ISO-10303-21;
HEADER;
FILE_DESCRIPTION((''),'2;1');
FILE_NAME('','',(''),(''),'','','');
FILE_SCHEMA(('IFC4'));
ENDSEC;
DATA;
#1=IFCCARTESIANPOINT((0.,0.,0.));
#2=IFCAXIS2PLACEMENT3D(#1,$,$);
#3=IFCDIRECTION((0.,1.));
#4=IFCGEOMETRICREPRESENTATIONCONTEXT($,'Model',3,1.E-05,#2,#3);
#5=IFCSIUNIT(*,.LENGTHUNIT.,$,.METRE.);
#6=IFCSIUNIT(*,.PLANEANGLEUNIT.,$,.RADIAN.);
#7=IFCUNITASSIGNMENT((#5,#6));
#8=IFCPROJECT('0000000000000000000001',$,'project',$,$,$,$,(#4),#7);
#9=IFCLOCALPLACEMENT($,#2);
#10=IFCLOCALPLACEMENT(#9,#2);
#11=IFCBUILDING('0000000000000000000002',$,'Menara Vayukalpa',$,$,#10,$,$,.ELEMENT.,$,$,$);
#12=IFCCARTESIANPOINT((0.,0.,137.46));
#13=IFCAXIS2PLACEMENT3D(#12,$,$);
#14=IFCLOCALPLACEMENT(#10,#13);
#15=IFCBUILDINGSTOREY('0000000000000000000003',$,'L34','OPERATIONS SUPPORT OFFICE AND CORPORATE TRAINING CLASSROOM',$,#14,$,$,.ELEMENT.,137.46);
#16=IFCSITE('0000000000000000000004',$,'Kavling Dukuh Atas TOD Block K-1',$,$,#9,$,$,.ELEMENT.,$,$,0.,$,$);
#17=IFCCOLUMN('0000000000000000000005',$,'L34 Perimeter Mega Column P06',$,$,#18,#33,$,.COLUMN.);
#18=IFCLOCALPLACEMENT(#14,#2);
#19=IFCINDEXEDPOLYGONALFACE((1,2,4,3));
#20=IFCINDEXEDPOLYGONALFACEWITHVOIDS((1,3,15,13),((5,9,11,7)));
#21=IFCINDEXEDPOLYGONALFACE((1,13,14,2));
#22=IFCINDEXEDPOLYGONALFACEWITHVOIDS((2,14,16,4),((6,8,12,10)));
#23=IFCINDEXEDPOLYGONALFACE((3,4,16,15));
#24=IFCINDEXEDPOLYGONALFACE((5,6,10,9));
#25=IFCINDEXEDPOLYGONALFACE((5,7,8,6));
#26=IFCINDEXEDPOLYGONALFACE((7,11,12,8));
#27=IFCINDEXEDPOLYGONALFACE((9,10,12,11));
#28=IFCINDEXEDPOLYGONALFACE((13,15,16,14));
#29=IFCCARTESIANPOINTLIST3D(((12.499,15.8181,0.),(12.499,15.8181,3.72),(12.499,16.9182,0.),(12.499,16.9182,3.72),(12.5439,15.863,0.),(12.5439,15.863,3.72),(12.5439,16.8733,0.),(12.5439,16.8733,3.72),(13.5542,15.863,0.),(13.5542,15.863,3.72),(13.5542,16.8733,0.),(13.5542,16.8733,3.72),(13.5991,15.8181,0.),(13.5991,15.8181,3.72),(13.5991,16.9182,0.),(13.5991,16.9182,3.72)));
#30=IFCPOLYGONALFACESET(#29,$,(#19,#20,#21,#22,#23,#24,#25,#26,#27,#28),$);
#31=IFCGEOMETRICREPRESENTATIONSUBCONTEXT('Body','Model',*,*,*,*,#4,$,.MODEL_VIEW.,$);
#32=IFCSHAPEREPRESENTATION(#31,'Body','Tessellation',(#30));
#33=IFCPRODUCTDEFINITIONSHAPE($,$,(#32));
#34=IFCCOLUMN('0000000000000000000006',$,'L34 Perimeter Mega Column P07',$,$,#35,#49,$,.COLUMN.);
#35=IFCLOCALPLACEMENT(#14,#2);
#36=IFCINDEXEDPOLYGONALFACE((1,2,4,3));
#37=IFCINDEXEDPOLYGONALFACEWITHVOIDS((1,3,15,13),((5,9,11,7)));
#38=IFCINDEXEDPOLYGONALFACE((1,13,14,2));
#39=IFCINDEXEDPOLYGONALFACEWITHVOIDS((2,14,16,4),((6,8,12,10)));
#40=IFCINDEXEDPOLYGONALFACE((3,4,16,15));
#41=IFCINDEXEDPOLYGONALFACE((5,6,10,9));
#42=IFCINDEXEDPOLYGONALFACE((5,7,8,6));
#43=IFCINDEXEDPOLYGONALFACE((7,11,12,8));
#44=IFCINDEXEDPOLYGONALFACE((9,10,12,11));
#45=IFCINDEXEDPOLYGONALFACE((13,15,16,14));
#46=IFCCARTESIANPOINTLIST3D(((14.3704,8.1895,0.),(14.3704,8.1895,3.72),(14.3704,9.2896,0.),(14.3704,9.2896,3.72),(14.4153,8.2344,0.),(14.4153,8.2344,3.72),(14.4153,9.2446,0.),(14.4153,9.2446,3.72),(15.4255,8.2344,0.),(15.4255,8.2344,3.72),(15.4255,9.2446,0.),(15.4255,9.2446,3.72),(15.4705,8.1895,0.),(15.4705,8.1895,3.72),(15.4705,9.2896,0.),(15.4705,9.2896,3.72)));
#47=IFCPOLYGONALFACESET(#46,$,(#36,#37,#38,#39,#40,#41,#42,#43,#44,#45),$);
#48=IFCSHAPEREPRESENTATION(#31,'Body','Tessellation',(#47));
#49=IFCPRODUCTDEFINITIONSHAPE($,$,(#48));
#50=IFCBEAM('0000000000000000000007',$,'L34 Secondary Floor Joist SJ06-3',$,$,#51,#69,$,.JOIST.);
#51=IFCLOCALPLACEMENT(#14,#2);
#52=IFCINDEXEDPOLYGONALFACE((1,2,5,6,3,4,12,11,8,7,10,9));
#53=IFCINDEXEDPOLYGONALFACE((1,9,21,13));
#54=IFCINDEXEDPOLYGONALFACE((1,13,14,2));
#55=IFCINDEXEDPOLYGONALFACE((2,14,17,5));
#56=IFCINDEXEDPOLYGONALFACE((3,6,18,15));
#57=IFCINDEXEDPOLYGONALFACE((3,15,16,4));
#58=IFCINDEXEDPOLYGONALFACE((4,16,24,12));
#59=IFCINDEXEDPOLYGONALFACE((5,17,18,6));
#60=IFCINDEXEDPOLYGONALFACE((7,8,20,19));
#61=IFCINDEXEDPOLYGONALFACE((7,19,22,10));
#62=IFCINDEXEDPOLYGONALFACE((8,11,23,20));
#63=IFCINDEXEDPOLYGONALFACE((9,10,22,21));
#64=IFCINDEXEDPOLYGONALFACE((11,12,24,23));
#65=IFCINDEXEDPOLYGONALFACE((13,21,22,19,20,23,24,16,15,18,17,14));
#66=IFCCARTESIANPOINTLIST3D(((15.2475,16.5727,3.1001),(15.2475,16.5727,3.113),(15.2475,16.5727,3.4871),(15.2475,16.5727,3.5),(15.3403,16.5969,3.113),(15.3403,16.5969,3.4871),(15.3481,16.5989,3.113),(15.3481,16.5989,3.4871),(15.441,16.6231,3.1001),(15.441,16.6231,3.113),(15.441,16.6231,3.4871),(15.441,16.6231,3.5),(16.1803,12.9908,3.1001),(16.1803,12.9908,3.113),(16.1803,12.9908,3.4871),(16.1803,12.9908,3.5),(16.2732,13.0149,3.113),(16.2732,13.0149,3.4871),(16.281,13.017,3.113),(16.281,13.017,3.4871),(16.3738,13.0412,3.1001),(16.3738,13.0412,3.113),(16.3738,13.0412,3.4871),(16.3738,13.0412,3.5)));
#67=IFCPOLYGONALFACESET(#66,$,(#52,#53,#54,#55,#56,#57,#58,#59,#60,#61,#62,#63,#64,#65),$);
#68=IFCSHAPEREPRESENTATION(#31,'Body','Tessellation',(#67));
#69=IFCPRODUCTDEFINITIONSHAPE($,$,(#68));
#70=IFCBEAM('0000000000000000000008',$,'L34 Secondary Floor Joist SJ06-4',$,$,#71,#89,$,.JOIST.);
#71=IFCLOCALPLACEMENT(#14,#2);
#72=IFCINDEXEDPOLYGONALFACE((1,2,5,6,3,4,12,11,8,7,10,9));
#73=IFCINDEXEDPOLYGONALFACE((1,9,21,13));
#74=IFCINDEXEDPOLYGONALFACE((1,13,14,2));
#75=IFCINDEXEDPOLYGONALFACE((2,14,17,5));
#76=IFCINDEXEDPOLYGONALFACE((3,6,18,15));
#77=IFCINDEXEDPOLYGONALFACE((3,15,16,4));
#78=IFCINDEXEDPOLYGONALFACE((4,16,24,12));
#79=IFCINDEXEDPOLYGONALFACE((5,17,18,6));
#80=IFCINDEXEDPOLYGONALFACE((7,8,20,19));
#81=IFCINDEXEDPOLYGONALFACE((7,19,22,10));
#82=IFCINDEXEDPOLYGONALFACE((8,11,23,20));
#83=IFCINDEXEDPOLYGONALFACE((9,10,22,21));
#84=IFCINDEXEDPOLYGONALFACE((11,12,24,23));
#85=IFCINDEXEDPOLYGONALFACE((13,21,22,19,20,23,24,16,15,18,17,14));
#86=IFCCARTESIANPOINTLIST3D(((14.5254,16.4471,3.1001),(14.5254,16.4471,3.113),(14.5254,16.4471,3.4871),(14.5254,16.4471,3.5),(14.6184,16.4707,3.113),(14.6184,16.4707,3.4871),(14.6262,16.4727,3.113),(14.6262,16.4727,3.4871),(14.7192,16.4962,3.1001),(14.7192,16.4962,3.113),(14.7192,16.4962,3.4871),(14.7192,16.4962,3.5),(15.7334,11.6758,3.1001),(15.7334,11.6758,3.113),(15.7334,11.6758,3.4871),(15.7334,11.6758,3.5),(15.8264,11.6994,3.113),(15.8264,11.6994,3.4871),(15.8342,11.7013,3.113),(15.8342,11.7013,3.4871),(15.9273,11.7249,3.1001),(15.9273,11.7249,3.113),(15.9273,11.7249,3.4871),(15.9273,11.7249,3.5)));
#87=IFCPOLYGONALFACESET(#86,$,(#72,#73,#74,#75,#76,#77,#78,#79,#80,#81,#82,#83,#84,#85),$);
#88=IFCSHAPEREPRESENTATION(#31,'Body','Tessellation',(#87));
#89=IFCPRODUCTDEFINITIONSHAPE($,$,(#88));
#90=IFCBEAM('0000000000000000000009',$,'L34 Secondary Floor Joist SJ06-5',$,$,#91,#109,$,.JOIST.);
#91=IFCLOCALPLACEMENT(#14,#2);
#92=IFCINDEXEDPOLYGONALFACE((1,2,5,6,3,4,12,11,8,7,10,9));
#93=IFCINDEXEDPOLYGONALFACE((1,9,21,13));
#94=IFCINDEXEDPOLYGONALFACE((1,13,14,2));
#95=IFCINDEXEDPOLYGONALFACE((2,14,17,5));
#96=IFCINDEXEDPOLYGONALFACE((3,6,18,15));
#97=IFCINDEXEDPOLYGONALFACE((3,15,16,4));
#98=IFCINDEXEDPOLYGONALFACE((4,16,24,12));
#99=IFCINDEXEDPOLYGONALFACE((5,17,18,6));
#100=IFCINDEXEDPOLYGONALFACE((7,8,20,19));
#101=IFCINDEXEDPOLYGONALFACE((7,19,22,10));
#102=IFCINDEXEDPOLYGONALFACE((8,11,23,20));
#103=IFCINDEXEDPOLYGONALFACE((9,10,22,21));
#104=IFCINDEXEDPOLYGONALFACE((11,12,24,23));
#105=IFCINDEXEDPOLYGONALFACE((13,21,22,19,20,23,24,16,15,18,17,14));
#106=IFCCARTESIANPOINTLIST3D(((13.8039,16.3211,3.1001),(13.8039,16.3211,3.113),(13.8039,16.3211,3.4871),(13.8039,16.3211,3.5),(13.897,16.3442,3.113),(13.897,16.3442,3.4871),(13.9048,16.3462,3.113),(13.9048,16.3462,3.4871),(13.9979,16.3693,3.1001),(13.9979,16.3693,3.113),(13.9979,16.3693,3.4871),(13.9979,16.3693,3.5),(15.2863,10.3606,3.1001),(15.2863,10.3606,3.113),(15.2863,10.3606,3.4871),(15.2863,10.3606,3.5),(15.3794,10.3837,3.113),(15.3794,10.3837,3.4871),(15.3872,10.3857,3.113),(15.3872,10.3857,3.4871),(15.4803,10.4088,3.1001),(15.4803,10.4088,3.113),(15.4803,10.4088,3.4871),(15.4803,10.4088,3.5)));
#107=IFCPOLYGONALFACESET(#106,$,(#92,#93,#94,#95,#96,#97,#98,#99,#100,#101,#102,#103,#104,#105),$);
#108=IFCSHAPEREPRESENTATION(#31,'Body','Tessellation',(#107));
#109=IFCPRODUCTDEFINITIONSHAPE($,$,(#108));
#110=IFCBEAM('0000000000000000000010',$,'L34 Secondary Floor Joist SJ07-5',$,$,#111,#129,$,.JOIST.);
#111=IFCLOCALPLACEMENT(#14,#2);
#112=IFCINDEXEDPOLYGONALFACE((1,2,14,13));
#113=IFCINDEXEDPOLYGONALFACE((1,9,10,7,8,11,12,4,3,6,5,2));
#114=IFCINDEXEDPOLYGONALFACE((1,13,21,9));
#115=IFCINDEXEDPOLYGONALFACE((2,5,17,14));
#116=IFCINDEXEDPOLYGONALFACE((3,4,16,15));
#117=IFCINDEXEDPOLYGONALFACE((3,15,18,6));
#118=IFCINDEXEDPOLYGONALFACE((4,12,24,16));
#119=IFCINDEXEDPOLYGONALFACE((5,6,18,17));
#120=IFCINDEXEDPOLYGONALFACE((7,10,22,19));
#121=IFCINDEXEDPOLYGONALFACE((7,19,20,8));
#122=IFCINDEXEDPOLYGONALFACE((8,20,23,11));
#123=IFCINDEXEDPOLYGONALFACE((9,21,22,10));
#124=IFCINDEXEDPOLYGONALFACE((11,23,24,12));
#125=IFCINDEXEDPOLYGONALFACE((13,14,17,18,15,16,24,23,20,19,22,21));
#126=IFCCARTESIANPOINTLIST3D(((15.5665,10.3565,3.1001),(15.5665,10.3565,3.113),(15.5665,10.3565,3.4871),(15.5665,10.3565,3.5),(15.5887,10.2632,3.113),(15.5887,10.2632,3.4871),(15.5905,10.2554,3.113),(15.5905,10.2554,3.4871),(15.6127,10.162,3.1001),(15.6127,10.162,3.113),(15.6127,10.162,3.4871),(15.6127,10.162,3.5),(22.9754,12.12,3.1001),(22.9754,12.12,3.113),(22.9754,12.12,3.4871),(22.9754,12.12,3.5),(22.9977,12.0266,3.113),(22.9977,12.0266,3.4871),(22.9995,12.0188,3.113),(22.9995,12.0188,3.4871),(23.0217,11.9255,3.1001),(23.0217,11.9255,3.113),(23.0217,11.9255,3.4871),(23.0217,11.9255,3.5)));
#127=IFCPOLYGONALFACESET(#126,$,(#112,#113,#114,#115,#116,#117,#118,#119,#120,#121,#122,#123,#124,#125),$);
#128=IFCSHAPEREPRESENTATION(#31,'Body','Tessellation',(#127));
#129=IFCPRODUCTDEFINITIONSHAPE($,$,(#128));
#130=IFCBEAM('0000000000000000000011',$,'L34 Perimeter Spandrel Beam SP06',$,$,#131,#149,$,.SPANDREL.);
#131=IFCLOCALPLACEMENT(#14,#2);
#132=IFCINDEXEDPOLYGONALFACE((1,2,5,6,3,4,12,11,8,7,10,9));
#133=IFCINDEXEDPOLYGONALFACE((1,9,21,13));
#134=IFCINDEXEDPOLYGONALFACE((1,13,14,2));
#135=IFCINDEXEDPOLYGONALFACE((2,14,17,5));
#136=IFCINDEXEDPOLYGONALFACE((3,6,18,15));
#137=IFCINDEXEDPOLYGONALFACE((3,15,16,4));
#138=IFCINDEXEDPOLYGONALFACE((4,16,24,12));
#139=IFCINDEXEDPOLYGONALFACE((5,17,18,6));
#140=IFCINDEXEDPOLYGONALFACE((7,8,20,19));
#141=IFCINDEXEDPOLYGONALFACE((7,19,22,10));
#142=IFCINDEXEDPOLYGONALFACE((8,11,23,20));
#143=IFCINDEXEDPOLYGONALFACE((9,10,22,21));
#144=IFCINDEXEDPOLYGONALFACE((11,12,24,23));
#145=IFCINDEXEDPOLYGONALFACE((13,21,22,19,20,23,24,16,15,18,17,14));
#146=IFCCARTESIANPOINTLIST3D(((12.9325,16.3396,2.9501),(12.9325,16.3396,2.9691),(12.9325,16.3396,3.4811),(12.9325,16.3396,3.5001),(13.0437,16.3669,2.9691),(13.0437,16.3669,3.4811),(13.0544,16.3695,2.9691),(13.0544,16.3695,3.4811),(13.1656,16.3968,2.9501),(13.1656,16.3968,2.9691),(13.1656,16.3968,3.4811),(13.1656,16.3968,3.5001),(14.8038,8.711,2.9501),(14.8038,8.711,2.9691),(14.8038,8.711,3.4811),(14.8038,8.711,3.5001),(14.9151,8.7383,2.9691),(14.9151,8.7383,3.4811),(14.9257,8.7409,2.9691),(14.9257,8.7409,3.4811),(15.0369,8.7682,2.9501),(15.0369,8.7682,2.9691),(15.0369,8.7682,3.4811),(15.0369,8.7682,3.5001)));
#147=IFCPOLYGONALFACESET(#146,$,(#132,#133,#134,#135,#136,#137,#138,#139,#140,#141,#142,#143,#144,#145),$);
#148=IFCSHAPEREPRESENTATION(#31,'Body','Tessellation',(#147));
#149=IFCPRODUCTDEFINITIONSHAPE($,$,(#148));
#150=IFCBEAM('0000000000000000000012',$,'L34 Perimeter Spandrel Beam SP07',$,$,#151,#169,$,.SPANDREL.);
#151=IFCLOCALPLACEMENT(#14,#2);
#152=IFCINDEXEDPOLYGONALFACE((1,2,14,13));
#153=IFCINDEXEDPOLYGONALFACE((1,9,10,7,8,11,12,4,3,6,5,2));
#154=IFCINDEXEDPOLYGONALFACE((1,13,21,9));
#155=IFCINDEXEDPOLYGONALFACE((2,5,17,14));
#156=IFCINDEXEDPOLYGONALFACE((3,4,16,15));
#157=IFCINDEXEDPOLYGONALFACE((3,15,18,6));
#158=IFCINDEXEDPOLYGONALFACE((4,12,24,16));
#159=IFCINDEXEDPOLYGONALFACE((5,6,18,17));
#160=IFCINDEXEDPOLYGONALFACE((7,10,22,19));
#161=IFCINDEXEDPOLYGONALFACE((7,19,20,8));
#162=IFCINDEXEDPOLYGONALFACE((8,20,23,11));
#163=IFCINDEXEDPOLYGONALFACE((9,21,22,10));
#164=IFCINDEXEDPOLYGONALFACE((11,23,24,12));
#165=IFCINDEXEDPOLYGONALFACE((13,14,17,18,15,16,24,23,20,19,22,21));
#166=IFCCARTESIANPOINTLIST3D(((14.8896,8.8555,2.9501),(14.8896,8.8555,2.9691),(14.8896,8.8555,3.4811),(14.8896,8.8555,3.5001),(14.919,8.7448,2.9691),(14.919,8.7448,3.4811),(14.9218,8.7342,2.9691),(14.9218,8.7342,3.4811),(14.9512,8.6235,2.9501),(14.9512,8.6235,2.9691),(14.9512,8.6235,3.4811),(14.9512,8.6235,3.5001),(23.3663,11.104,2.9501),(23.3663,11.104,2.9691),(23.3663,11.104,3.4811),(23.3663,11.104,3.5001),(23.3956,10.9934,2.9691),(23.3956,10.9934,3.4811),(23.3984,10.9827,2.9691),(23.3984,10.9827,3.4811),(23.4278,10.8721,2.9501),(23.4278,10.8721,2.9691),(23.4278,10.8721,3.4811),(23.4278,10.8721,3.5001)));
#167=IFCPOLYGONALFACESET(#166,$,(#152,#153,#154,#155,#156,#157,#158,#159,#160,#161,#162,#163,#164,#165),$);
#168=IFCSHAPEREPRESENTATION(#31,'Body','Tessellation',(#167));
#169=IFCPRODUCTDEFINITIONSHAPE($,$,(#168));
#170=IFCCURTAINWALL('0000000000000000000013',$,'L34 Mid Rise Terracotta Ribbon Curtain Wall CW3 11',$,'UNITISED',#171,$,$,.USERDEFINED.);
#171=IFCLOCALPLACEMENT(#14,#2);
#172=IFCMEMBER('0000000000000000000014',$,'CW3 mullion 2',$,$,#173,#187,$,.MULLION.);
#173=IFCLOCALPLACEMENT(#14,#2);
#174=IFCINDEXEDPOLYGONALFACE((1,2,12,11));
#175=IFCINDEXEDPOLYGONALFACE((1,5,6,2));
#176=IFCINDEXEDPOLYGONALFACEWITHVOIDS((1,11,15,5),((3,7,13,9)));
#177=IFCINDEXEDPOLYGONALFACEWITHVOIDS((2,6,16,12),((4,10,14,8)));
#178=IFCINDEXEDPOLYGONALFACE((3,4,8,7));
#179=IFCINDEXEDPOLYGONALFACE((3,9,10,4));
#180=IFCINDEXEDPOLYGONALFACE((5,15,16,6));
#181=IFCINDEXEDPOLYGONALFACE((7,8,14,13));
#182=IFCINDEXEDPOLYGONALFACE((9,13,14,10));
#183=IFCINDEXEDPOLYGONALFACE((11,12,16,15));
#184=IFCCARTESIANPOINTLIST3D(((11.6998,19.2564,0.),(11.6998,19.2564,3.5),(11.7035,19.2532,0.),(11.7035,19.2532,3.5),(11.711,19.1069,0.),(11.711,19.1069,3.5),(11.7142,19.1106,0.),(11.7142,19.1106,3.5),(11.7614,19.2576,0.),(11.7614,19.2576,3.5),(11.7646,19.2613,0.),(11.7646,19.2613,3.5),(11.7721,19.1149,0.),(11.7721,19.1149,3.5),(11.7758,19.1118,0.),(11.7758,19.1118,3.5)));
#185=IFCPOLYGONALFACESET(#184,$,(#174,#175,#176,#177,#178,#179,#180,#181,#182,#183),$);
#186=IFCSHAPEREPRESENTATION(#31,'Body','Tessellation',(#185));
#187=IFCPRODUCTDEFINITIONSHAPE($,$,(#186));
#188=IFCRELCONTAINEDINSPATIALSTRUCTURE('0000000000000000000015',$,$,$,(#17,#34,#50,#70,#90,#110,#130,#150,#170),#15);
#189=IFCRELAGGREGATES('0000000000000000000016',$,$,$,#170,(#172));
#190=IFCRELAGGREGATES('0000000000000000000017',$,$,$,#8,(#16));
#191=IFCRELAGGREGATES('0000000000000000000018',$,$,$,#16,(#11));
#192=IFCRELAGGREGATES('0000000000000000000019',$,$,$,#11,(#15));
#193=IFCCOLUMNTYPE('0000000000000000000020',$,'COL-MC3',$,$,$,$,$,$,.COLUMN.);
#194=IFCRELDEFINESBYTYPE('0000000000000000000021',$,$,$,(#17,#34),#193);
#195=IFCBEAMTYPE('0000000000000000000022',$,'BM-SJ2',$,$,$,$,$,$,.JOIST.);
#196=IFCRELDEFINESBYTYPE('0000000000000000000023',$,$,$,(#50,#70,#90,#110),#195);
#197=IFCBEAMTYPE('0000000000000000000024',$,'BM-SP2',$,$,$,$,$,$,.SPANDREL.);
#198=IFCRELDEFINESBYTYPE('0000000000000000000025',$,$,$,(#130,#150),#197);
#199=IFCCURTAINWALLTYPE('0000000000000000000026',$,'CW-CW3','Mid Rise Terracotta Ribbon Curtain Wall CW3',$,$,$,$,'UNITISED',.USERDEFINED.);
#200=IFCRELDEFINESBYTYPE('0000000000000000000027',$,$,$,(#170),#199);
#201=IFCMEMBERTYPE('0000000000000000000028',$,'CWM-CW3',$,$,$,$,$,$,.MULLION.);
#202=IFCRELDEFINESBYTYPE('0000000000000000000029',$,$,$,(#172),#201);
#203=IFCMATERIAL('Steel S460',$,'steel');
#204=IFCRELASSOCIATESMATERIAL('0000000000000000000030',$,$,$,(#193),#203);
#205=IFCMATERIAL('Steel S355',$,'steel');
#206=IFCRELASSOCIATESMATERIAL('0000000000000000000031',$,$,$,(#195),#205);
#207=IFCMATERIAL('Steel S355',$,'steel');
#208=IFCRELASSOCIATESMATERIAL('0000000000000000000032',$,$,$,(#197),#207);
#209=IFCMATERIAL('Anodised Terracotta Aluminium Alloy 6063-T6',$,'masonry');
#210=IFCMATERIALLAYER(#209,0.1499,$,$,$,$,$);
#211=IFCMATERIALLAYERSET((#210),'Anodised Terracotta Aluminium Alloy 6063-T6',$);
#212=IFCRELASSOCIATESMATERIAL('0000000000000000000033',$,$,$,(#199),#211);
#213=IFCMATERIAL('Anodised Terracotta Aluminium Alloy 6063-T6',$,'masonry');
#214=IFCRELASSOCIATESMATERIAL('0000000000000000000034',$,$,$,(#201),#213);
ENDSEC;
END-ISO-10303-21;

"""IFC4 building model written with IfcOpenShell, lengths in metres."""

from ifc_helpers import new_model, si_unit, direction, frame, origin, origin_2d, place, context, subcontext, project, spatial, hollow_rectangle, i_section, extrude, material, layer, layer_set, material_profile, profile_set, type_object, element, aggregate, save


model = new_model("IFC4")

# Units and contexts
model_context = context("Model", 3, precision=1e-05, world=origin(), true_north=direction((0.0, 1.0)))
body_context = subcontext(model_context, "Body", "Model", "MODEL_VIEW")
ifc_project = project(units=[si_unit("LENGTHUNIT", "METRE"), si_unit("PLANEANGLEUNIT", "RADIAN")], contexts=[model_context])

# Site, building, storey
site_placement = place(None, origin())
site = spatial("IfcSite", under=ifc_project, at=site_placement, Name="Kavling Dukuh Atas TOD Block K-1", CompositionType="ELEMENT", RefElevation=0.0)
building_placement = place(site_placement, origin())
building = spatial("IfcBuilding", under=site, at=building_placement, Name="Menara Vayukalpa", CompositionType="ELEMENT")
storey_placement = place(building_placement, frame((0.0, 0.0, 137.46)))
storey = spatial("IfcBuildingStorey", under=building, at=storey_placement, Name="L34", Description="OPERATIONS SUPPORT OFFICE AND CORPORATE TRAINING CLASSROOM", CompositionType="ELEMENT", Elevation=137.46)

# Columns
ifc_material_1 = material(Name="Steel S460", Category="steel")
ifc_material_profile_1 = material_profile(ifc_material_1, hollow_rectangle(XDim=1.1001, YDim=1.1001, WallThickness=0.0449, at=origin_2d()), Name="BOX 1100x1100x45")
ifc_profile_set_1 = profile_set([ifc_material_profile_1], Name="Steel S460")
column_type = type_object("IfcColumnType", Name="COL-MC3", PredefinedType="COLUMN", material=ifc_profile_set_1)
for number, where, z_axis, x_axis, name in (
    (1, (13.0491, 16.3682, 0.0), (0.0, 0.0, 1.0), (1.0, 0.0, 0.0), "L34 Perimeter Mega Column P06"),
    (2, (14.9204, 8.7395, 0.0), (0.0, 0.0, 1.0), (1.0, 0.0, 0.0), "L34 Perimeter Mega Column P07"),
):
    element("IfcColumn", number, at=place(storey_placement, frame(where, z_axis=z_axis, x_axis=x_axis)), inside=storey, type_object=column_type, Name=name, PredefinedType="COLUMN", context=body_context, shape_type="SweptSolid", body=[
        extrude(hollow_rectangle(XDim=1.1001, YDim=1.1001, WallThickness=0.0449, at=origin_2d()), origin(), (0.0, 0.0, 1.0), 3.72),
    ])

# Beams
ifc_material_2 = material(Name="Steel S355", Category="steel")
ifc_material_profile_2 = material_profile(ifc_material_2, i_section(OverallWidth=0.2, OverallDepth=0.3999, WebThickness=0.0081, FlangeThickness=0.0129, at=origin_2d()), Name="WF 400x200x8x13")
ifc_profile_set_2 = profile_set([ifc_material_profile_2], Name="Steel S355")
beam_type_1 = type_object("IfcBeamType", Name="BM-SJ2", PredefinedType="JOIST", material=ifc_profile_set_2)
beam_1_placement = place(storey_placement, frame((15.3442, 16.5979, 3.3), z_axis=(0.252022, -0.967722, 0.0), x_axis=(0.967722, 0.252022, 0.0)))
element("IfcBeam", 3, at=beam_1_placement, inside=storey, type_object=beam_type_1, Name="L34 Secondary Floor Joist SJ06-3", PredefinedType="JOIST", context=body_context, shape_type="SweptSolid", body=[
    extrude(i_section(OverallWidth=0.2, OverallDepth=0.3999, WebThickness=0.0081, FlangeThickness=0.0129, at=origin_2d()), origin(), (0.0, 0.0, 1.0), 3.7014),
])
beam_2_placement = place(storey_placement, frame((14.6223, 16.4717, 3.3), z_axis=(0.245441, -0.969412, 0.0), x_axis=(0.969412, 0.245441, 0.0)))
element("IfcBeam", 4, at=beam_2_placement, inside=storey, type_object=beam_type_1, Name="L34 Secondary Floor Joist SJ06-4", PredefinedType="JOIST", context=body_context, shape_type="SweptSolid", body=[
    extrude(i_section(OverallWidth=0.2, OverallDepth=0.3999, WebThickness=0.0081, FlangeThickness=0.0129, at=origin_2d()), origin(), (0.0, 0.0, 1.0), 4.9219),
])
beam_3_placement = place(storey_placement, frame((13.9009, 16.3452, 3.3), z_axis=(0.241357, -0.970436, 0.0), x_axis=(0.970436, 0.241357, 0.0)))
element("IfcBeam", 5, at=beam_3_placement, inside=storey, type_object=beam_type_1, Name="L34 Secondary Floor Joist SJ06-5", PredefinedType="JOIST", context=body_context, shape_type="SweptSolid", body=[
    extrude(i_section(OverallWidth=0.2, OverallDepth=0.3999, WebThickness=0.0081, FlangeThickness=0.0129, at=origin_2d()), origin(), (0.0, 0.0, 1.0), 6.1421),
])
beam_4_placement = place(storey_placement, frame((15.5896, 10.2593, 3.3), z_axis=(0.972824, 0.231545, 0.0), x_axis=(-0.231545, 0.972824, 0.0)))
element("IfcBeam", 6, at=beam_4_placement, inside=storey, type_object=beam_type_1, Name="L34 Secondary Floor Joist SJ07-5", PredefinedType="JOIST", context=body_context, shape_type="SweptSolid", body=[
    extrude(i_section(OverallWidth=0.2, OverallDepth=0.3999, WebThickness=0.0081, FlangeThickness=0.0129, at=origin_2d()), origin(), (0.0, 0.0, 1.0), 7.616),
])
ifc_material_3 = material(Name="Steel S355", Category="steel")
ifc_material_profile_3 = material_profile(ifc_material_3, i_section(OverallWidth=0.24, OverallDepth=0.55, WebThickness=0.011, FlangeThickness=0.019, at=origin_2d()), Name="WF 550x240x11x19")
ifc_profile_set_3 = profile_set([ifc_material_profile_3], Name="Steel S355")
beam_type_2 = type_object("IfcBeamType", Name="BM-SP2", PredefinedType="SPANDREL", material=ifc_profile_set_3)
beam_5_placement = place(storey_placement, frame((13.0491, 16.3682, 3.2251), z_axis=(0.23824, -0.971206, 0.0), x_axis=(0.971206, 0.23824, 0.0)))
element("IfcBeam", 7, at=beam_5_placement, inside=storey, type_object=beam_type_2, Name="L34 Perimeter Spandrel Beam SP06", PredefinedType="SPANDREL", context=body_context, shape_type="SweptSolid", body=[
    extrude(i_section(OverallWidth=0.24, OverallDepth=0.55, WebThickness=0.011, FlangeThickness=0.019, at=origin_2d()), origin(), (0.0, 0.0, 1.0), 7.8547),
])
beam_6_placement = place(storey_placement, frame((14.9204, 8.7395, 3.2251), z_axis=(0.966571, 0.256398, 0.0), x_axis=(-0.256398, 0.966571, 0.0)))
element("IfcBeam", 8, at=beam_6_placement, inside=storey, type_object=beam_type_2, Name="L34 Perimeter Spandrel Beam SP07", PredefinedType="SPANDREL", context=body_context, shape_type="SweptSolid", body=[
    extrude(i_section(OverallWidth=0.24, OverallDepth=0.55, WebThickness=0.011, FlangeThickness=0.019, at=origin_2d()), origin(), (0.0, 0.0, 1.0), 8.7698),
])

# Curtain wall, member
ifc_material_4 = material(Name="Anodised Terracotta Aluminium Alloy 6063-T6", Category="masonry")
ifc_layer_1 = layer(ifc_material_4, 0.1499)
ifc_layer_set_1 = layer_set([ifc_layer_1], Name="Anodised Terracotta Aluminium Alloy 6063-T6")
curtain_wall_type = type_object("IfcCurtainWallType", Name="CW-CW3", Description="Mid Rise Terracotta Ribbon Curtain Wall CW3", ElementType="UNITISED", PredefinedType="USERDEFINED", material=ifc_layer_set_1)
curtain_wall_placement = place(storey_placement, origin())
curtain_wall = element("IfcCurtainWall", 9, at=curtain_wall_placement, inside=storey, type_object=curtain_wall_type, Name="L34 Mid Rise Terracotta Ribbon Curtain Wall CW3 11", ObjectType="UNITISED", PredefinedType="USERDEFINED")
ifc_material_5 = material(Name="Anodised Terracotta Aluminium Alloy 6063-T6", Category="masonry")
ifc_material_profile_4 = material_profile(ifc_material_5, hollow_rectangle(XDim=0.0649, YDim=0.1499, WallThickness=0.0034, at=origin_2d()), Name="ALU 65x150x3.5")
ifc_profile_set_4 = profile_set([ifc_material_profile_4], Name="Anodised Terracotta Aluminium Alloy 6063-T6")
member_type_1 = type_object("IfcMemberType", Name="CWM-CW3", PredefinedType="MULLION", material=ifc_profile_set_4)
member_1_placement = place(storey_placement, frame((11.7378, 19.1841, 0.0), z_axis=(0.0, 0.0, 1.0), x_axis=(0.997199, 0.074793, 0.0)))
member_1 = element("IfcMember", 10, at=member_1_placement, type_object=member_type_1, Name="CW3 mullion 2", PredefinedType="MULLION", context=body_context, shape_type="SweptSolid", body=[
    extrude(hollow_rectangle(XDim=0.0649, YDim=0.1499, WallThickness=0.0034, at=origin_2d()), origin(), (0.0, 0.0, 1.0), 3.5),
])
aggregate(curtain_wall, [member_1])

save(model, "model.ifc")
